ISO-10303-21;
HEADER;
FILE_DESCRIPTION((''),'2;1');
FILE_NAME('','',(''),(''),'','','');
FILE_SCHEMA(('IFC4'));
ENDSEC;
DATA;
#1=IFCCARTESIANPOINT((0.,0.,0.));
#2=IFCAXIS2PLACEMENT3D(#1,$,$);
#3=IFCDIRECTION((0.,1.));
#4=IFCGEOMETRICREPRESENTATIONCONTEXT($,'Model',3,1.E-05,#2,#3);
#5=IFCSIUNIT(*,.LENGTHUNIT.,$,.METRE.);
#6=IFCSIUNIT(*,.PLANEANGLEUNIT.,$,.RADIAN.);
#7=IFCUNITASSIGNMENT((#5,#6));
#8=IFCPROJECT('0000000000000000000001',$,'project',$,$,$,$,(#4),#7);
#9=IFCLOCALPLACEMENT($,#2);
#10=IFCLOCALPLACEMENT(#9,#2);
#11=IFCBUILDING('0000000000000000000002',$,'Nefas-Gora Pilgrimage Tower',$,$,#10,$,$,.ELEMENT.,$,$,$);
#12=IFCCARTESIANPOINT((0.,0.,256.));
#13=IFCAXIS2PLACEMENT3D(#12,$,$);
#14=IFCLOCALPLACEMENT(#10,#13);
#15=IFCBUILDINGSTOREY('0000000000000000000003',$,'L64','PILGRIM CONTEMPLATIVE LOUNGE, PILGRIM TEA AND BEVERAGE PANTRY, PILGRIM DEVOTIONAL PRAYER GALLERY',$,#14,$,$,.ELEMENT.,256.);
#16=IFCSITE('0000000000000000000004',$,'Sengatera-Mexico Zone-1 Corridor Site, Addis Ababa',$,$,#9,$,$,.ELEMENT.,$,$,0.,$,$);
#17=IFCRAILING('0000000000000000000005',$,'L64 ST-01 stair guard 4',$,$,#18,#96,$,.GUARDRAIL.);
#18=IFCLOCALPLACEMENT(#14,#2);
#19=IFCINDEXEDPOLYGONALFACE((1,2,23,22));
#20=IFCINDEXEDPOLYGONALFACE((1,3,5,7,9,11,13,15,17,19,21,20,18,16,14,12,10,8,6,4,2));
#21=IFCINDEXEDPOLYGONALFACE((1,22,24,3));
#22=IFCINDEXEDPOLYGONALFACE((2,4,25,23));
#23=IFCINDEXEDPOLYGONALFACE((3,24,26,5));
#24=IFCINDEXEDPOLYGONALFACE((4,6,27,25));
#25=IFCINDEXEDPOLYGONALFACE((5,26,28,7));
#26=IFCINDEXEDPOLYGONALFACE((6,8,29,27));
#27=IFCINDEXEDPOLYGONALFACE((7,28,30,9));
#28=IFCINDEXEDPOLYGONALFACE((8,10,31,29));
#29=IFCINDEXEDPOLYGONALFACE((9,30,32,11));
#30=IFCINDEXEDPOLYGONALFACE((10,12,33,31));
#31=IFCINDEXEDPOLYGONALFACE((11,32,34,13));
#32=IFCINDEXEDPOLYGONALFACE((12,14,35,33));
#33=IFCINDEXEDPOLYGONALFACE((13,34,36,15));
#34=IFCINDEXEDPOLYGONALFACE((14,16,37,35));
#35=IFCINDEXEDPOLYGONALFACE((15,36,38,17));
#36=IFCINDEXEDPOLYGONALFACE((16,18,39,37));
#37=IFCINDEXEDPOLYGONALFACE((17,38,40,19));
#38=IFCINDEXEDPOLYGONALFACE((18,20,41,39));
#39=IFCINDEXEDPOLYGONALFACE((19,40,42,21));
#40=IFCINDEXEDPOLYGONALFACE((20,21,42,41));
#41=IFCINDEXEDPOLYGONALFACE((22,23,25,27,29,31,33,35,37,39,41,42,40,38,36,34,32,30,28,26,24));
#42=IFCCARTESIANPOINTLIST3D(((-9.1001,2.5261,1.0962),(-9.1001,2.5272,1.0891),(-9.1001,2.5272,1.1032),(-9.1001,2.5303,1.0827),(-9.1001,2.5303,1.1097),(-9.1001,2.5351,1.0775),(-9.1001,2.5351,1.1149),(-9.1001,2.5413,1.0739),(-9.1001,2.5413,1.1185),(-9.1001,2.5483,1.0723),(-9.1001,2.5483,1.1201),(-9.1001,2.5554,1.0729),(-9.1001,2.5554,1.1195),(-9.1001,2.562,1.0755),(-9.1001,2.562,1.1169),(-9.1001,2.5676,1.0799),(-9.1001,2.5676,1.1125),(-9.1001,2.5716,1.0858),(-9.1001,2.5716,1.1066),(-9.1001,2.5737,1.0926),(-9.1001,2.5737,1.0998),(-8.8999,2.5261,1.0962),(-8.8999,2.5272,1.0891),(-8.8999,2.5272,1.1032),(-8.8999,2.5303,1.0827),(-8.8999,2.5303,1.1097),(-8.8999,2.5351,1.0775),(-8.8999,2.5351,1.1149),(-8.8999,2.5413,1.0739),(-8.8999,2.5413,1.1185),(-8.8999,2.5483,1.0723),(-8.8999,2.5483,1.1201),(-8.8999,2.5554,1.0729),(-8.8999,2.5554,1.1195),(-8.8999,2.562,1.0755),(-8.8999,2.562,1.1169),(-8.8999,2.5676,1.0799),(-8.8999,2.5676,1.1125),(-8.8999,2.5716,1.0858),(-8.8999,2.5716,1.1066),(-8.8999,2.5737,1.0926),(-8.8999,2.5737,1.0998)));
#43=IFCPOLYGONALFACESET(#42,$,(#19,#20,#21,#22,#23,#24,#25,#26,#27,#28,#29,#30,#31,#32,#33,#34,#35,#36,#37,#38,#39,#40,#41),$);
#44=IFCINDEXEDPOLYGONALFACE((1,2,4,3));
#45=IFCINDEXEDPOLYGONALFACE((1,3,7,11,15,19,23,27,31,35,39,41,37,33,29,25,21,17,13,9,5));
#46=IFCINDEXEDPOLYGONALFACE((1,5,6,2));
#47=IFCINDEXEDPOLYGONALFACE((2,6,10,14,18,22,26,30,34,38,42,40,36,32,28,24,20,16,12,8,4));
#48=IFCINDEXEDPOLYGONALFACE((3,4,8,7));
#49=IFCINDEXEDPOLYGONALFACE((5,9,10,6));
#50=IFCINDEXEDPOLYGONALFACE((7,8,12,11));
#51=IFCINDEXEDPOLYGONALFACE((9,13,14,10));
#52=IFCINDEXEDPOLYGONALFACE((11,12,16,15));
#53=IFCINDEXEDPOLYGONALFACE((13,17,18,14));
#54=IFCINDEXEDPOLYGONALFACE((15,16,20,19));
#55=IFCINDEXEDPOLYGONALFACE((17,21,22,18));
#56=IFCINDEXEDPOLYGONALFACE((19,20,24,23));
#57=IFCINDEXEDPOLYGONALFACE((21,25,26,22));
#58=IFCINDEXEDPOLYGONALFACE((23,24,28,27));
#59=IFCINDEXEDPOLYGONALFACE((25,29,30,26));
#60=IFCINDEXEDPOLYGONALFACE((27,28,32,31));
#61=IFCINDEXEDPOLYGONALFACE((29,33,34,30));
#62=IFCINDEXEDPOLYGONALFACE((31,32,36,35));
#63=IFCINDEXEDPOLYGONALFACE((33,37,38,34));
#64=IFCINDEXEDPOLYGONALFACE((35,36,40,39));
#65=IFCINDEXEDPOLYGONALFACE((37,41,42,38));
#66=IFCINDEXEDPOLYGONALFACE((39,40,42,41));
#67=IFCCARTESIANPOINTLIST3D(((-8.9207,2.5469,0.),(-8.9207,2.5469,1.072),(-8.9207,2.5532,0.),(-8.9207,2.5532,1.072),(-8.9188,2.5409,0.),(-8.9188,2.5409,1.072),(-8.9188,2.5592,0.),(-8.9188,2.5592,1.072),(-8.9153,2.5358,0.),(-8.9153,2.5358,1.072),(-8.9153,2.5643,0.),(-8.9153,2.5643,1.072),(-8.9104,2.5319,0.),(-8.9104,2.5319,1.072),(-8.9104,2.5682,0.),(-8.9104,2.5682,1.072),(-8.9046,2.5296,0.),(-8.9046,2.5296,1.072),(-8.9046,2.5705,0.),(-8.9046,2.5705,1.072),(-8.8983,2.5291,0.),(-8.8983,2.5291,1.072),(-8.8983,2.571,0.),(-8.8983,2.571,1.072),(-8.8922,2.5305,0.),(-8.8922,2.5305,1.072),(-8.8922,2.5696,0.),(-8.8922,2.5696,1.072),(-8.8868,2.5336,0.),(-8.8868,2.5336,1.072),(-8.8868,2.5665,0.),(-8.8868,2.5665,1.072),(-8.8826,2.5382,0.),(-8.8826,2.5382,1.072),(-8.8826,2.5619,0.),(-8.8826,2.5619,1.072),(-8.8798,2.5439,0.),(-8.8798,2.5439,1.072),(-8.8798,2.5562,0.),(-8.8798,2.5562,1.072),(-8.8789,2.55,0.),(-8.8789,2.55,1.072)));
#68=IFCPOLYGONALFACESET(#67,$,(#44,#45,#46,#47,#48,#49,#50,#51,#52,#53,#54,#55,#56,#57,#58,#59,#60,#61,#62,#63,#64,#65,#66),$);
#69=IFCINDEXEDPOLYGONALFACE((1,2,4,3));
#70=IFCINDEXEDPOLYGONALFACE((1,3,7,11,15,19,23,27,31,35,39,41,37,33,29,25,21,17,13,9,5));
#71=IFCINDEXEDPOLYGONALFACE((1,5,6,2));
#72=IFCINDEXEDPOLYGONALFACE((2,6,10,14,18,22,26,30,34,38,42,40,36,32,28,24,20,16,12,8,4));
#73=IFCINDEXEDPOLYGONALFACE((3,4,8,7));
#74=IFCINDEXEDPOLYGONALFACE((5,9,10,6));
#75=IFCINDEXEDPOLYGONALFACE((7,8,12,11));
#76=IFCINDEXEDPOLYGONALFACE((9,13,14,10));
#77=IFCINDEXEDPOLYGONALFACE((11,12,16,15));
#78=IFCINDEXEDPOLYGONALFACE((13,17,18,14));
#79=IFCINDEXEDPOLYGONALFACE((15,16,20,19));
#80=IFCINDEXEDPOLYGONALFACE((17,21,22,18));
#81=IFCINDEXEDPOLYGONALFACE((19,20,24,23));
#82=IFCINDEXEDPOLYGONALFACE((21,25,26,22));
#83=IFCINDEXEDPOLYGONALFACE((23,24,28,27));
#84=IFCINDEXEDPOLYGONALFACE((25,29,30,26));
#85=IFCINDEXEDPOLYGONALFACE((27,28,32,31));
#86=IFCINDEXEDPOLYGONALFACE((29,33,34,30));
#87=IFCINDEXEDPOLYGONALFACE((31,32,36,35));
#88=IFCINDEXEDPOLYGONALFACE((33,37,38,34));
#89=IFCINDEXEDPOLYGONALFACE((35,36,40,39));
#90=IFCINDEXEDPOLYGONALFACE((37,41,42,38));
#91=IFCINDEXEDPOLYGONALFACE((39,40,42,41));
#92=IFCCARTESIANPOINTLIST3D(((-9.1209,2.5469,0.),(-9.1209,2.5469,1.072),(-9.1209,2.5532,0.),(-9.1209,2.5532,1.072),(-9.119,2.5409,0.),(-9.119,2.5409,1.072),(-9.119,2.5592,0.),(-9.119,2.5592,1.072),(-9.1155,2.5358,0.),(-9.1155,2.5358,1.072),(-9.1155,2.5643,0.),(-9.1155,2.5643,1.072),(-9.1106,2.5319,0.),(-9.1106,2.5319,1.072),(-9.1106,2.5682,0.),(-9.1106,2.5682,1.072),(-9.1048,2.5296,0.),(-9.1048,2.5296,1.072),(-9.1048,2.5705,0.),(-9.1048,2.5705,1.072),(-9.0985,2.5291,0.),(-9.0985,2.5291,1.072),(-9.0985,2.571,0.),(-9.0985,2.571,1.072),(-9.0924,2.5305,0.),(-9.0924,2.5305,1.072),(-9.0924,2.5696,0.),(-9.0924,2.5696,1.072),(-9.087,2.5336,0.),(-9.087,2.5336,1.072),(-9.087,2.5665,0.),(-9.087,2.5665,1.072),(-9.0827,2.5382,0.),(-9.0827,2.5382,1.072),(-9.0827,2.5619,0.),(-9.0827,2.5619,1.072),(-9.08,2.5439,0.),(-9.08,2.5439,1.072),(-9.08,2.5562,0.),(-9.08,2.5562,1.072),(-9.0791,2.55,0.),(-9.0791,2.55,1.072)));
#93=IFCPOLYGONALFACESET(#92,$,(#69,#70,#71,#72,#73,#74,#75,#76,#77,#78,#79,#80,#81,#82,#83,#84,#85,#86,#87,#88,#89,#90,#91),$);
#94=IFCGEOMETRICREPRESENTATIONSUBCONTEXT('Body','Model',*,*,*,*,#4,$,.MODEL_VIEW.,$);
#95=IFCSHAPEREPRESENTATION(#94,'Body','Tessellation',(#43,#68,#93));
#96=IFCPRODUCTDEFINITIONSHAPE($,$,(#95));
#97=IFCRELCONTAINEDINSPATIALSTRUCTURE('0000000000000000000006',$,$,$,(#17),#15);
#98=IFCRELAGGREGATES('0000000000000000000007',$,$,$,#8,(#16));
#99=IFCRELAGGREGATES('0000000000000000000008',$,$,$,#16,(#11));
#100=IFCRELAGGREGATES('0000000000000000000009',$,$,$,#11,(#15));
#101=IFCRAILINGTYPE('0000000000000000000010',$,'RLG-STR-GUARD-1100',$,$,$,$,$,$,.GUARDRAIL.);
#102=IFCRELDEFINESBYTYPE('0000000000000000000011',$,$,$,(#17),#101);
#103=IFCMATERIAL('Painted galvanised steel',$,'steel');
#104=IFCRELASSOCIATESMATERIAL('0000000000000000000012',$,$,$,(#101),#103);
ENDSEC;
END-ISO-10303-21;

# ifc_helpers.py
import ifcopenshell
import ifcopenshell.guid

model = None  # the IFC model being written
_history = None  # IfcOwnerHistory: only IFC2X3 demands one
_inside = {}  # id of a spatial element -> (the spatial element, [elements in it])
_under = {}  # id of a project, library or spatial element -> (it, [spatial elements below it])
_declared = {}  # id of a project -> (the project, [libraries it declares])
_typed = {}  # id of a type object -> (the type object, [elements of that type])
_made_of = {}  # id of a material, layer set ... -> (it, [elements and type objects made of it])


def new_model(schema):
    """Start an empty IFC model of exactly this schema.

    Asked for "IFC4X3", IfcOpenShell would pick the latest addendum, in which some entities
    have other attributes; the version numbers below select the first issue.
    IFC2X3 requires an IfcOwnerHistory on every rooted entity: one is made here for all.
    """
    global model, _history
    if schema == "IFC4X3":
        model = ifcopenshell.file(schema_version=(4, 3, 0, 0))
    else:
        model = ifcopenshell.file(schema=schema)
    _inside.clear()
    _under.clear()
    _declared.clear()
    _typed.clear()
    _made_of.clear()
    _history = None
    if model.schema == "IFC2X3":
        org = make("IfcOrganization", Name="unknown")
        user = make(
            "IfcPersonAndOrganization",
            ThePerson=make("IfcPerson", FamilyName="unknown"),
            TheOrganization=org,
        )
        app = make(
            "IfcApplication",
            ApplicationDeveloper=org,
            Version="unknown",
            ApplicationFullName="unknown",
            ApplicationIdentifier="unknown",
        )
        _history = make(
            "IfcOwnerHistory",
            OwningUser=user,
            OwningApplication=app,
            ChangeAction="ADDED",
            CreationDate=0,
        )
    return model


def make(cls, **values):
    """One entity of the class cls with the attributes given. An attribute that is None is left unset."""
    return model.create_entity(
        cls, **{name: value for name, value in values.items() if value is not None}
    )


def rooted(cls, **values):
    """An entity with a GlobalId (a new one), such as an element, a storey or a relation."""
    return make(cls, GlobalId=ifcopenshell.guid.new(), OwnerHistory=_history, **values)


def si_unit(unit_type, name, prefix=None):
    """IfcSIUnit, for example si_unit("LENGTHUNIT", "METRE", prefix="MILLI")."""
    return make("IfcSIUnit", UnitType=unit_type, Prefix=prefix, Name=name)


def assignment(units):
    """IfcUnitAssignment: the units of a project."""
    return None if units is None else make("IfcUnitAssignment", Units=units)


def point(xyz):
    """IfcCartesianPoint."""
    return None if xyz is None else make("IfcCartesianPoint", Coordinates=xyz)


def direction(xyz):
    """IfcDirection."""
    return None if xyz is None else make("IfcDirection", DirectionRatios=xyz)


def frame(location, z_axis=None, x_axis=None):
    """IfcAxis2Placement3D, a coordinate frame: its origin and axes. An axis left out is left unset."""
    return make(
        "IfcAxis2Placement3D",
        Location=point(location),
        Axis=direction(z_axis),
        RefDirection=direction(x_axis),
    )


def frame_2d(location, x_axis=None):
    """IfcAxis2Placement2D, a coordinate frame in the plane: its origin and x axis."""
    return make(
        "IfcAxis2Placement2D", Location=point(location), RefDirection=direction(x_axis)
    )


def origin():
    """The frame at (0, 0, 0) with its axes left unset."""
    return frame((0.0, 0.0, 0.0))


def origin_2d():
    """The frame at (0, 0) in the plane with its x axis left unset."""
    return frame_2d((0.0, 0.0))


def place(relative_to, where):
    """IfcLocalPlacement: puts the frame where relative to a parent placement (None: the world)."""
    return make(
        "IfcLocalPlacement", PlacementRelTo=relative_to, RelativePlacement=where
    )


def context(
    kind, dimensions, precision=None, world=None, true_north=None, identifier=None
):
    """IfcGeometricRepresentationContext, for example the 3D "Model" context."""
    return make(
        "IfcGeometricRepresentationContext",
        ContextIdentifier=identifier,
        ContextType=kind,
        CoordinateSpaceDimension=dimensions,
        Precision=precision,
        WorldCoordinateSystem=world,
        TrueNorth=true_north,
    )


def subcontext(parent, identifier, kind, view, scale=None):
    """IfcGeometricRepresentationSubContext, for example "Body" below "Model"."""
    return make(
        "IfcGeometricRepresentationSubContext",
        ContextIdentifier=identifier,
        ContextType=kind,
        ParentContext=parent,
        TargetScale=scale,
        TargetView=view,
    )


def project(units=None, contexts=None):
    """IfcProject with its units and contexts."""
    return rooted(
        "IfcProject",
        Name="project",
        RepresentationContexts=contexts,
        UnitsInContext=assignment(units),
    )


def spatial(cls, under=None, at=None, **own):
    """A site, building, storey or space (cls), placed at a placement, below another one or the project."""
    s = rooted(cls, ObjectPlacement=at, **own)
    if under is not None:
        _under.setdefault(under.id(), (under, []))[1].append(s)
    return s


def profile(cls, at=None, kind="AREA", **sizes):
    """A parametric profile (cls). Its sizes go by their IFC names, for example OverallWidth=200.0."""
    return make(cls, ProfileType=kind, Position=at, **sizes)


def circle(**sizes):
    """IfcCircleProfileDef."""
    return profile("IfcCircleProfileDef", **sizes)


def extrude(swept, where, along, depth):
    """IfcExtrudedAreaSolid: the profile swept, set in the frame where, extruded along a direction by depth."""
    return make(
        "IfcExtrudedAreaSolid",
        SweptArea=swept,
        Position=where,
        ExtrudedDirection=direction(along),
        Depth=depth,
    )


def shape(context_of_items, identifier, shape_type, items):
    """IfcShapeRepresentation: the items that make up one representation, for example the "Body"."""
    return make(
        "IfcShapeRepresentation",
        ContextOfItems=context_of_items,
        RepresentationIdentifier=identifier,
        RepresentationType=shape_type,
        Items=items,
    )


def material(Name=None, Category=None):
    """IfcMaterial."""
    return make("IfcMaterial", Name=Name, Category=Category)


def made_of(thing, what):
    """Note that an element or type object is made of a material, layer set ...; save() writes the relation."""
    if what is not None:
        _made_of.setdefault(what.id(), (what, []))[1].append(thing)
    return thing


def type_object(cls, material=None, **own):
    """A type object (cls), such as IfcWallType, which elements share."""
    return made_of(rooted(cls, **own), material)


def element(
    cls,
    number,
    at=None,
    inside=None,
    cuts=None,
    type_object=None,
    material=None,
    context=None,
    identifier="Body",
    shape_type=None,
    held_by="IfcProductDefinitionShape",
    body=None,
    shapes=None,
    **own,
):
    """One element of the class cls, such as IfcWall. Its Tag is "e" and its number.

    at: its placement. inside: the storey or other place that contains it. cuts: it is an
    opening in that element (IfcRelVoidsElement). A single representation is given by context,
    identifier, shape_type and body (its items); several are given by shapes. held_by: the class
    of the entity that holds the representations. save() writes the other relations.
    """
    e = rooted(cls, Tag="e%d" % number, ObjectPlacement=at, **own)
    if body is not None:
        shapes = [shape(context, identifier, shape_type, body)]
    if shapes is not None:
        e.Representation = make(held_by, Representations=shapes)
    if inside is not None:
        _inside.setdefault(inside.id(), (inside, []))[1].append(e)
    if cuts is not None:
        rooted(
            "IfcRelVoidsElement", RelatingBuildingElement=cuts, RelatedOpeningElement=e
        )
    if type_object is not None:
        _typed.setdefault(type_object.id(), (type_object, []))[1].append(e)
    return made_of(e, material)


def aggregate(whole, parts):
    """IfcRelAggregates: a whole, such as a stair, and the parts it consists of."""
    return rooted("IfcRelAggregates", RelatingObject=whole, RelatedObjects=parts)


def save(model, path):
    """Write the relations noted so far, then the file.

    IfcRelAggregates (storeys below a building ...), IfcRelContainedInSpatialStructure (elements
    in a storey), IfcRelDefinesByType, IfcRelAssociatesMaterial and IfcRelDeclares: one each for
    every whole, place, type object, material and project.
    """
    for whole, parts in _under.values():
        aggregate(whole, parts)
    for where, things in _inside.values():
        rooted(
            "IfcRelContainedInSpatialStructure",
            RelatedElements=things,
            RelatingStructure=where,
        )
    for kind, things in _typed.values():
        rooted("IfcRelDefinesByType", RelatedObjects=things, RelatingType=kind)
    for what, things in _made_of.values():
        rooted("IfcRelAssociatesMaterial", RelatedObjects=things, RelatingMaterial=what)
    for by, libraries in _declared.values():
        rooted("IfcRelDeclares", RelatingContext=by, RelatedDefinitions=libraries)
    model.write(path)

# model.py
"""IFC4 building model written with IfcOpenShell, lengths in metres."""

from ifc_helpers import new_model, si_unit, direction, frame, origin, origin_2d, place, context, subcontext, project, spatial, circle, extrude, material, type_object, element, save


model = new_model("IFC4")

# Units and contexts
model_context = context("Model", 3, precision=1e-05, world=origin(), true_north=direction((0.0, 1.0)))
body_context = subcontext(model_context, "Body", "Model", "MODEL_VIEW")
ifc_project = project(units=[si_unit("LENGTHUNIT", "METRE"), si_unit("PLANEANGLEUNIT", "RADIAN")], contexts=[model_context])

# Site, building, storey
site_placement = place(None, origin())
site = spatial("IfcSite", under=ifc_project, at=site_placement, Name="Sengatera-Mexico Zone-1 Corridor Site, Addis Ababa", CompositionType="ELEMENT", RefElevation=0.0)
building_placement = place(site_placement, origin())
building = spatial("IfcBuilding", under=site, at=building_placement, Name="Nefas-Gora Pilgrimage Tower", CompositionType="ELEMENT")
storey_placement = place(building_placement, frame((0.0, 0.0, 256.0)))
storey = spatial("IfcBuildingStorey", under=building, at=storey_placement, Name="L64", Description="PILGRIM CONTEMPLATIVE LOUNGE, PILGRIM TEA AND BEVERAGE PANTRY, PILGRIM DEVOTIONAL PRAYER GALLERY", CompositionType="ELEMENT", Elevation=256.0)

# Railing
ifc_material_1 = material(Name="Painted galvanised steel", Category="steel")
railing_type_1 = type_object("IfcRailingType", Name="RLG-STR-GUARD-1100", PredefinedType="GUARDRAIL", material=ifc_material_1)
railing_1_placement = place(storey_placement, frame((-8.8999, 2.55, 0.0)))
element("IfcRailing", 1, at=railing_1_placement, inside=storey, type_object=railing_type_1, Name="L64 ST-01 stair guard 4", PredefinedType="GUARDRAIL", context=body_context, shape_type="SweptSolid", body=[
    extrude(circle(Radius=0.0239, at=origin_2d()), frame((0.0, 0.0, 1.0962), z_axis=(-1.0, 0.0, 0.0), x_axis=(0.0, -1.0, 0.0)), (0.0, 0.0, 1.0), 0.2002),
    extrude(circle(Radius=0.021, at=origin_2d()), origin(), (0.0, 0.0, 1.0), 1.072),
    extrude(circle(Radius=0.021, at=origin_2d()), frame((-0.2002, 0.0, 0.0)), (0.0, 0.0, 1.0), 1.072),
])

save(model, "model.ifc")
